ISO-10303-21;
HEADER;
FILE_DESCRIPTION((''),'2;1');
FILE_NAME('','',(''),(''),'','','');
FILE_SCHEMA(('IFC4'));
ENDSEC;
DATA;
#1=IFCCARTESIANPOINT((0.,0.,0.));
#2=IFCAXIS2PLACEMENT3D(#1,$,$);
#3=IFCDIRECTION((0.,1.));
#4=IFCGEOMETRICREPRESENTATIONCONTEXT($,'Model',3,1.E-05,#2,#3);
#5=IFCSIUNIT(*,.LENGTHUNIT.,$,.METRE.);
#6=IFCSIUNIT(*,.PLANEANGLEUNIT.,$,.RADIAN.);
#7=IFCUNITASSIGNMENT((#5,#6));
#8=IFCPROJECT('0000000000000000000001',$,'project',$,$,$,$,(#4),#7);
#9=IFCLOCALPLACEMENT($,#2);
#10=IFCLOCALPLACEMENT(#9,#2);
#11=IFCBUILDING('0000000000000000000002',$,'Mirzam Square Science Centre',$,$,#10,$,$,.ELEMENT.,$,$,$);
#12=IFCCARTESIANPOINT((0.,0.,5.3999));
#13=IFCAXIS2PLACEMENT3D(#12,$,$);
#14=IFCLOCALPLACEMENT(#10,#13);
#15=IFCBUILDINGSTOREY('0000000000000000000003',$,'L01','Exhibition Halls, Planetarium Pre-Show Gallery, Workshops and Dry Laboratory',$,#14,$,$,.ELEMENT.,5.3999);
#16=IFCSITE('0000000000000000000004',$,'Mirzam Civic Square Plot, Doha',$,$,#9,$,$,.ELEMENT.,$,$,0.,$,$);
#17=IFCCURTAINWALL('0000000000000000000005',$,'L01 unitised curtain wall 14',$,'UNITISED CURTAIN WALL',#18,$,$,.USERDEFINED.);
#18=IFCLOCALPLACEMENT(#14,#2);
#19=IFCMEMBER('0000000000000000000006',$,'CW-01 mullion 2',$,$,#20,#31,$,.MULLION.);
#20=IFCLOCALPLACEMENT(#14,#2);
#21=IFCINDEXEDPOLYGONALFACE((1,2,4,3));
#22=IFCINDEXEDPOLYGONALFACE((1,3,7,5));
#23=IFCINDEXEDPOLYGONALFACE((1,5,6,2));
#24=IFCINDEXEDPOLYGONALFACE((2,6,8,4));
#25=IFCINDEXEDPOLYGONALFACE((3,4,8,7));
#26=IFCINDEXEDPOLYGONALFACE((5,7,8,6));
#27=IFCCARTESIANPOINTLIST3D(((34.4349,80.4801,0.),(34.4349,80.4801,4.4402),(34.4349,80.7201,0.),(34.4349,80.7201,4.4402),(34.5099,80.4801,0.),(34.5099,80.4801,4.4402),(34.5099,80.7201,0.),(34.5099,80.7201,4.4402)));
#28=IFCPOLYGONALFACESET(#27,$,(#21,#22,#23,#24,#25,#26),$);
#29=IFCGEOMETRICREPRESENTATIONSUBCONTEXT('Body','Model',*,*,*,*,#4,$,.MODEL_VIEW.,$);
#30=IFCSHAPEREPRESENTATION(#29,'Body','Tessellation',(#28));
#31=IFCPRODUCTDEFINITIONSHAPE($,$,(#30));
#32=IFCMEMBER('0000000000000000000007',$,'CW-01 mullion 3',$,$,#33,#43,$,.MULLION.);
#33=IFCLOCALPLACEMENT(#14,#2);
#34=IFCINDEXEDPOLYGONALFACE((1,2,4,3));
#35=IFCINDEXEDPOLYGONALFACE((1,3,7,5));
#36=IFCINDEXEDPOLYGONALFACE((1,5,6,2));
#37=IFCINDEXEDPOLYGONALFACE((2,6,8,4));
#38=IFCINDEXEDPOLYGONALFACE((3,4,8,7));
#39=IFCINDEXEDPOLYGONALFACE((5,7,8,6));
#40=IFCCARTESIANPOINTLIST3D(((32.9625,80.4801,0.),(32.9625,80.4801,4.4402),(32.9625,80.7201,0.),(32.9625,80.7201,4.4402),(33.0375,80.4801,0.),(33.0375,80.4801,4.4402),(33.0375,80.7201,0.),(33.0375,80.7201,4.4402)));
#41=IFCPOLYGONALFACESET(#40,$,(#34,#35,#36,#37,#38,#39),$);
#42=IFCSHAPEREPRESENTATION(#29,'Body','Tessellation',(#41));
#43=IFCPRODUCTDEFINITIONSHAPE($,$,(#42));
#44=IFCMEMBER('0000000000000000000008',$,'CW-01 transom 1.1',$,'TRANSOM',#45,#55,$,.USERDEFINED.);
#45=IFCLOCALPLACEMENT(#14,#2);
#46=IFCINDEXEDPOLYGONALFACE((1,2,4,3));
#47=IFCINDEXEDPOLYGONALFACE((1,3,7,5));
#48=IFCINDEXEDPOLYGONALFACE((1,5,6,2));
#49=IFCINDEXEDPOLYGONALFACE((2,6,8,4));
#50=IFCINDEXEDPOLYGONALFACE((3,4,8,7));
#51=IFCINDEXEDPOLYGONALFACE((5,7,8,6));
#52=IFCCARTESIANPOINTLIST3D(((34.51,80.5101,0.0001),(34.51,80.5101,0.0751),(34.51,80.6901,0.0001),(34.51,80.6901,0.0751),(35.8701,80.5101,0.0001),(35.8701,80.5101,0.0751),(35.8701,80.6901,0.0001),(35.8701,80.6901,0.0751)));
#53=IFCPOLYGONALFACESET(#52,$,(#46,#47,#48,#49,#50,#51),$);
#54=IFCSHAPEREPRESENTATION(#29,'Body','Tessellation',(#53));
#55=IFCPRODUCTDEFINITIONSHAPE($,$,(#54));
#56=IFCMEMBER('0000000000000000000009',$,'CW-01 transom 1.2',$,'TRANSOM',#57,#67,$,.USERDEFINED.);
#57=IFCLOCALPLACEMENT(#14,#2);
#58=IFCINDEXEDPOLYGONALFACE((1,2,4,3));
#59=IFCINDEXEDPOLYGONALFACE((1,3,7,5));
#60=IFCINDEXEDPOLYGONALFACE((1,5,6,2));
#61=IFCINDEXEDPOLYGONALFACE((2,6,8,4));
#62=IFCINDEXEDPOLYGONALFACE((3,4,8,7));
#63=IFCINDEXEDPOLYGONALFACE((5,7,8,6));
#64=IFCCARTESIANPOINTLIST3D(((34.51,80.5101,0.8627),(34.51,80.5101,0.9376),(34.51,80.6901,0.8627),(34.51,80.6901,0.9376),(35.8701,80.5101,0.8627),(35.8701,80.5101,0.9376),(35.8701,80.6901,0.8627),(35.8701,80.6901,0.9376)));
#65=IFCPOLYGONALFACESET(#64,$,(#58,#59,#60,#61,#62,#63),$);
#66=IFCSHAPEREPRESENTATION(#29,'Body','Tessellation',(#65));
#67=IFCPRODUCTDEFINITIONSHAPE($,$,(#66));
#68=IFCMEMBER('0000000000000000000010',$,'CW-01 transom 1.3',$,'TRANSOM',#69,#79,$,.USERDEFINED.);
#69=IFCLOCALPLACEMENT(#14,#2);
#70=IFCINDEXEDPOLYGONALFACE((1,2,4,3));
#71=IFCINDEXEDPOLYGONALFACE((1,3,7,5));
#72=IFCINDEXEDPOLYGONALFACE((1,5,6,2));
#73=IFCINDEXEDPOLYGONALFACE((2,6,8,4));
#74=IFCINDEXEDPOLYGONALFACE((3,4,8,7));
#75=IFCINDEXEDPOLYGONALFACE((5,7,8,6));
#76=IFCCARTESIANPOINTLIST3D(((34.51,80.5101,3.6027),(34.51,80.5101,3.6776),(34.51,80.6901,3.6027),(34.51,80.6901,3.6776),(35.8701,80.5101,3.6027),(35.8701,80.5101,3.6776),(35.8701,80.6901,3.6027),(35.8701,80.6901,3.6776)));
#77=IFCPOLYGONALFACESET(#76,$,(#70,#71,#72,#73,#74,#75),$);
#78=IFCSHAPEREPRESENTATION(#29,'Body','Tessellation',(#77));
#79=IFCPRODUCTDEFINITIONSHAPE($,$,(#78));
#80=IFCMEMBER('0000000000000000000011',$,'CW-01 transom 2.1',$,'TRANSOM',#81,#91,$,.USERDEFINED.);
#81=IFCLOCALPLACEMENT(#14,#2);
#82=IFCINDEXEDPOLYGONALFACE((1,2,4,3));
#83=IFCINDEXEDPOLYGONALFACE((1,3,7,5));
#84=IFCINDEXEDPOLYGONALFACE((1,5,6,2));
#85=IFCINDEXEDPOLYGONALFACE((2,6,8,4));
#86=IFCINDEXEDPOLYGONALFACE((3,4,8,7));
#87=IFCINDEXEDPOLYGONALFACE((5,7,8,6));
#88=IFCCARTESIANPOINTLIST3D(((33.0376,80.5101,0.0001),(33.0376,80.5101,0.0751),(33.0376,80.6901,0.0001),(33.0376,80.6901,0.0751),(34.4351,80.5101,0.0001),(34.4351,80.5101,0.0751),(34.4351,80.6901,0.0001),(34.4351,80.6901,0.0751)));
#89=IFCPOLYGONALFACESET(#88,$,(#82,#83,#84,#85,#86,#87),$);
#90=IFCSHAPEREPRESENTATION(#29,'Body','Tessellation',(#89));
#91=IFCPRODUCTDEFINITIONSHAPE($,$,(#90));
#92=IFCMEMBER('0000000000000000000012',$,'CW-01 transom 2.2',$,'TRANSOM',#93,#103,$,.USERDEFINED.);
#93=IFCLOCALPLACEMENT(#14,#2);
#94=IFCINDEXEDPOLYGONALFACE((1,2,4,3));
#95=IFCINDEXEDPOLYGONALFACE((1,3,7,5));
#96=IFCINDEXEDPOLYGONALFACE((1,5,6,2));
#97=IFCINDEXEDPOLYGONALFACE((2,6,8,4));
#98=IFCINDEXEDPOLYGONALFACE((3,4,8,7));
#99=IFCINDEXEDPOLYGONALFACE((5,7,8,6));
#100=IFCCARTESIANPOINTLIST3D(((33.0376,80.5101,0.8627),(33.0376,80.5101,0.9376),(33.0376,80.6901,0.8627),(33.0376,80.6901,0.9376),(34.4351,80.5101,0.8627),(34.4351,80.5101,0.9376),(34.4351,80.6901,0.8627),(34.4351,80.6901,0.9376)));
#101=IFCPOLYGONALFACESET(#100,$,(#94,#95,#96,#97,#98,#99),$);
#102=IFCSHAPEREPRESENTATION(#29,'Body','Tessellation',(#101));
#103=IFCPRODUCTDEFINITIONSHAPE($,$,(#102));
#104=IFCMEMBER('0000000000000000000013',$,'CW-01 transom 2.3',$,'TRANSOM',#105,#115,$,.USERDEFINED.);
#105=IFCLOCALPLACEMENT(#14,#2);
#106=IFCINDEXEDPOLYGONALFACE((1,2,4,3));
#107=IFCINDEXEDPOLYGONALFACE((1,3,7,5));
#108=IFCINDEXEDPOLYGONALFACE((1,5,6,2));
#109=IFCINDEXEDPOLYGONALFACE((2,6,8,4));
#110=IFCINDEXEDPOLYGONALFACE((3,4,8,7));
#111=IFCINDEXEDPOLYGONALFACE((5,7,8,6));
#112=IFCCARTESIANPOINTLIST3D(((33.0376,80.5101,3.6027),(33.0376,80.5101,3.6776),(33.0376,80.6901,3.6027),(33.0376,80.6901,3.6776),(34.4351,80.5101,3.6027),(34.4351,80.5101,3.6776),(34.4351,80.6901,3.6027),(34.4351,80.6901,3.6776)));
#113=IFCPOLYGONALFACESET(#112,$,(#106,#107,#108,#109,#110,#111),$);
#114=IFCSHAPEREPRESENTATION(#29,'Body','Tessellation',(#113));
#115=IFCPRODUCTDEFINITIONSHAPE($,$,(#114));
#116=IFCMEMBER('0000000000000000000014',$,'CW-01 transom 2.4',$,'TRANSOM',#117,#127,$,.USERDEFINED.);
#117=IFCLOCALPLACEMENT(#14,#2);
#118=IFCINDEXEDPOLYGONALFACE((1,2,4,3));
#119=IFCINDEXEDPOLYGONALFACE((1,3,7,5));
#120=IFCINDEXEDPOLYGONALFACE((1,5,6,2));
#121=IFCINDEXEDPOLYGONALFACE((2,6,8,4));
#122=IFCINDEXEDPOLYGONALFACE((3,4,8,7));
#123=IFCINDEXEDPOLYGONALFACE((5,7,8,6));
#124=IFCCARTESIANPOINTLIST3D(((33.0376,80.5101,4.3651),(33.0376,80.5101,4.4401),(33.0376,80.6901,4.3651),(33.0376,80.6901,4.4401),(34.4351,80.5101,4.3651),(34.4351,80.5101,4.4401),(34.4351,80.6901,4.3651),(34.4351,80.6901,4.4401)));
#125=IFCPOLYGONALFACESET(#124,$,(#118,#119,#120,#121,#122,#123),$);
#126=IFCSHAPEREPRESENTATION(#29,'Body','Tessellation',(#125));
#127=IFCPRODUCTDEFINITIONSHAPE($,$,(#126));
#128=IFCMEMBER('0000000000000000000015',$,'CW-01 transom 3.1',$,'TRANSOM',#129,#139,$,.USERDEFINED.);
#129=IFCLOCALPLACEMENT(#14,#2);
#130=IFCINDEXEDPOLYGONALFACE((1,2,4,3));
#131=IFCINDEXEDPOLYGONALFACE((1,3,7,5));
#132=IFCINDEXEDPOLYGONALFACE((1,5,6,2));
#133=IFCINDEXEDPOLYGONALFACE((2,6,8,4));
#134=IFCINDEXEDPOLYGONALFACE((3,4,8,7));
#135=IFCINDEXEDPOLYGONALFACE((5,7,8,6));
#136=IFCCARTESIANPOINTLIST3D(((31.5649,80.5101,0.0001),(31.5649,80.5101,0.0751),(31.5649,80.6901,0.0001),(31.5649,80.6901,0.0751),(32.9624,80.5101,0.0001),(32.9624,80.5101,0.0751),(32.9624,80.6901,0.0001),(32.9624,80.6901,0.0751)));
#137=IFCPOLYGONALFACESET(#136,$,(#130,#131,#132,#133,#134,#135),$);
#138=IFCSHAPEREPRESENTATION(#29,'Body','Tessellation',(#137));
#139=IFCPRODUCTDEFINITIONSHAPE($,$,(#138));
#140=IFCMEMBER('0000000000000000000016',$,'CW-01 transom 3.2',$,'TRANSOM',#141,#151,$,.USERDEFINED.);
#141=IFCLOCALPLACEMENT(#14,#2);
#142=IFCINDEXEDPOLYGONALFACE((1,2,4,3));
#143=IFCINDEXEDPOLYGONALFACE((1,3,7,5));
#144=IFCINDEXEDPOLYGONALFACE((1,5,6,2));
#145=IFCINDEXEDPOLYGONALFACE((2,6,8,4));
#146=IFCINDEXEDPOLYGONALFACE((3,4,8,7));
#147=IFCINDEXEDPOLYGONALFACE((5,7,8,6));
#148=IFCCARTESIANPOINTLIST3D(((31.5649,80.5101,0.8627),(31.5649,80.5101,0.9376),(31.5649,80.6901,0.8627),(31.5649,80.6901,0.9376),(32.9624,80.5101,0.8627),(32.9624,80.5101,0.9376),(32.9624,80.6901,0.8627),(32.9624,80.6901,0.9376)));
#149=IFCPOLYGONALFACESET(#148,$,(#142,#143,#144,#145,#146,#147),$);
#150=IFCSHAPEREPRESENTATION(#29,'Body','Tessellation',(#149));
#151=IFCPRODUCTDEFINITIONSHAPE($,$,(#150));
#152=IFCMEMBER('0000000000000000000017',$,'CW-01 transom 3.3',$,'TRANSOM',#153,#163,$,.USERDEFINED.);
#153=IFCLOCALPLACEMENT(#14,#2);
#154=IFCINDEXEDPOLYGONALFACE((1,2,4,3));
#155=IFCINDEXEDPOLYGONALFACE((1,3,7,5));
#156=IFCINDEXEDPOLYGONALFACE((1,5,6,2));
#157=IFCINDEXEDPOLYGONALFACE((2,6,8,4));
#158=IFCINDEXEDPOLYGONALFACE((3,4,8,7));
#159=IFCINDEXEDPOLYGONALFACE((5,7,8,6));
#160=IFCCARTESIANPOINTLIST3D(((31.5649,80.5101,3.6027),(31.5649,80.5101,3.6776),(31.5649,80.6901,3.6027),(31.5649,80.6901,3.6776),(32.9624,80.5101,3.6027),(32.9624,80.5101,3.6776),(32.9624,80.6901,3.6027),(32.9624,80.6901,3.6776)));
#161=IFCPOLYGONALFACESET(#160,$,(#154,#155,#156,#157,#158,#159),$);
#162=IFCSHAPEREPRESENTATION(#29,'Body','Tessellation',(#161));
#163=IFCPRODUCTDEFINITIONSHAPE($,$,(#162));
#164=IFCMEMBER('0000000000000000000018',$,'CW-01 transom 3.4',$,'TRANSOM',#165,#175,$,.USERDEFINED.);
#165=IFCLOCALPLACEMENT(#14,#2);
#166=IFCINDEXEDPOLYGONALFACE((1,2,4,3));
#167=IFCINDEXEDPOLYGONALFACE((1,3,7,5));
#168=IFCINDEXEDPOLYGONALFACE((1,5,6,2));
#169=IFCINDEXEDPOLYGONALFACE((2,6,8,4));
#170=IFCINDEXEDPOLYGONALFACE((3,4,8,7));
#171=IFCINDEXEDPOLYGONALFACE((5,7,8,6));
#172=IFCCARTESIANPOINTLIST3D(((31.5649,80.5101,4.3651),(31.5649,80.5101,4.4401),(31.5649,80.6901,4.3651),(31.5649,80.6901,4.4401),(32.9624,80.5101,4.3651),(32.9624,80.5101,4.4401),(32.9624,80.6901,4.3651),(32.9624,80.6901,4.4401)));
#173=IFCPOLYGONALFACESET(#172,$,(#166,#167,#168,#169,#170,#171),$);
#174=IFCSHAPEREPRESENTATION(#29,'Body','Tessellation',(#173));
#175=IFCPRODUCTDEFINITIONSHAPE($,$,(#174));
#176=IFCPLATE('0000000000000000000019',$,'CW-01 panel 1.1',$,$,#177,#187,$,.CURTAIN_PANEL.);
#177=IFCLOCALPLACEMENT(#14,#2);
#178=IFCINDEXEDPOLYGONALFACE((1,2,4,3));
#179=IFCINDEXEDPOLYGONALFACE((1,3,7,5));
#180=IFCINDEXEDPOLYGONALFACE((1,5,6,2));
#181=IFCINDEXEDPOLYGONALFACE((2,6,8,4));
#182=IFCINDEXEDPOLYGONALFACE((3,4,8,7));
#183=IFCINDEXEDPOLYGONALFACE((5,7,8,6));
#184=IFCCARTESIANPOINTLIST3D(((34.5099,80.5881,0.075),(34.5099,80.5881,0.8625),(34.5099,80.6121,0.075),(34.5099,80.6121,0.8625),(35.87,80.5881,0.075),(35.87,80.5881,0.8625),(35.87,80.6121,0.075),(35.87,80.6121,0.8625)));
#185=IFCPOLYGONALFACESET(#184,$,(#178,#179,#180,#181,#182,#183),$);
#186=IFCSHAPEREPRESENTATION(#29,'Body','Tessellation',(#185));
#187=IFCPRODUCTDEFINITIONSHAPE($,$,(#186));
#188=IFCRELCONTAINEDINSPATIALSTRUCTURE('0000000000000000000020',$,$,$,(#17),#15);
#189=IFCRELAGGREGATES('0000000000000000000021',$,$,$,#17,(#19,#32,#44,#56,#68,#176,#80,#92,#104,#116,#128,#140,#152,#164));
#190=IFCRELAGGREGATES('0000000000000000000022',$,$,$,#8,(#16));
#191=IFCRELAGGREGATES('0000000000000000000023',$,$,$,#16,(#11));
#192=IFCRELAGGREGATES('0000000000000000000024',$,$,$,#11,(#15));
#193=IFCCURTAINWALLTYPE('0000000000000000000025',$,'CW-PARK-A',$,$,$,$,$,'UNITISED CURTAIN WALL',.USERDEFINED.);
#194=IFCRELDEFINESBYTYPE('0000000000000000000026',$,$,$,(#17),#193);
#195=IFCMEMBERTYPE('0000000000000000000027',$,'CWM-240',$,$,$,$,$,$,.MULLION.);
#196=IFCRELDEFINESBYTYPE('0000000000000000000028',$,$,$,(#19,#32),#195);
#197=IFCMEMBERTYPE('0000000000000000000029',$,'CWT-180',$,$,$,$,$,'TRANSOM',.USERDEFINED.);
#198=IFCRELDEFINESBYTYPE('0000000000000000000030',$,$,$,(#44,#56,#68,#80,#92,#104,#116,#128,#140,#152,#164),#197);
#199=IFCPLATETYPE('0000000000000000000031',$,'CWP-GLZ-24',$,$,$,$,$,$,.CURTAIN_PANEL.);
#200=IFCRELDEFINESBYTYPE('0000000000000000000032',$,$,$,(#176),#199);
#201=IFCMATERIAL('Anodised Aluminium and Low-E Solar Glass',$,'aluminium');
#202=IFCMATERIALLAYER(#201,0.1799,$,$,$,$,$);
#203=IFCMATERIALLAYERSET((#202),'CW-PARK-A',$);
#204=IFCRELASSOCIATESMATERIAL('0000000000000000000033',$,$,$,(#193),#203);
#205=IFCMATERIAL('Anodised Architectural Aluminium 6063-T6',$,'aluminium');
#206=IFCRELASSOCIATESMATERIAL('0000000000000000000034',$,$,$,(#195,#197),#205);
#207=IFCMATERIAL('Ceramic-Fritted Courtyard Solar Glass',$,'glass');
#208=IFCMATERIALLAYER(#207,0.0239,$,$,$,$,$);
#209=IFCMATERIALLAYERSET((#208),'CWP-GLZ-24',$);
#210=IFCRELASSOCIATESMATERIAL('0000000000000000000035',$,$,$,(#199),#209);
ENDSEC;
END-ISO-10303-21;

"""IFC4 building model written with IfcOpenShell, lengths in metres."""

from ifc_helpers import new_model, si_unit, direction, frame, origin, origin_2d, place, context, subcontext, project, spatial, rectangle, extrude, material, layer, layer_set, material_profile, profile_set, type_object, element, aggregate, save


model = new_model("IFC4")

# Units and contexts
model_context = context("Model", 3, precision=1e-05, world=origin(), true_north=direction((0.0, 1.0)))
body_context = subcontext(model_context, "Body", "Model", "MODEL_VIEW")
ifc_project = project(units=[si_unit("LENGTHUNIT", "METRE"), si_unit("PLANEANGLEUNIT", "RADIAN")], contexts=[model_context])

# Site, building, storey
site_placement = place(None, origin())
site = spatial("IfcSite", under=ifc_project, at=site_placement, Name="Mirzam Civic Square Plot, Doha", CompositionType="ELEMENT", RefElevation=0.0)
building_placement = place(site_placement, origin())
building = spatial("IfcBuilding", under=site, at=building_placement, Name="Mirzam Square Science Centre", CompositionType="ELEMENT")
storey_placement = place(building_placement, frame((0.0, 0.0, 5.3999)))
storey = spatial("IfcBuildingStorey", under=building, at=storey_placement, Name="L01", Description="Exhibition Halls, Planetarium Pre-Show Gallery, Workshops and Dry Laboratory", CompositionType="ELEMENT", Elevation=5.3999)

# Curtain wall, members, plate
ifc_material_1 = material(Name="Anodised Aluminium and Low-E Solar Glass", Category="aluminium")
ifc_layer_1 = layer(ifc_material_1, 0.1799)
ifc_layer_set_1 = layer_set([ifc_layer_1], Name="CW-PARK-A")
curtain_wall_type = type_object("IfcCurtainWallType", Name="CW-PARK-A", ElementType="UNITISED CURTAIN WALL", PredefinedType="USERDEFINED", material=ifc_layer_set_1)
curtain_wall_placement = place(storey_placement, origin())
curtain_wall = element("IfcCurtainWall", 1, at=curtain_wall_placement, inside=storey, type_object=curtain_wall_type, Name="L01 unitised curtain wall 14", ObjectType="UNITISED CURTAIN WALL", PredefinedType="USERDEFINED")
ifc_material_2 = material(Name="Anodised Architectural Aluminium 6063-T6", Category="aluminium")
ifc_material_profile_1 = material_profile(ifc_material_2, rectangle(XDim=0.075, YDim=0.24, at=origin_2d()), Name="ALU-MULL-240x75x5")
ifc_profile_set_1 = profile_set([ifc_material_profile_1], Name="Anodised Architectural Aluminium 6063-T6")
member_type_1 = type_object("IfcMemberType", Name="CWM-240", PredefinedType="MULLION", material=ifc_profile_set_1)
member_1_placement = place(storey_placement, frame((34.4724, 80.6001, 0.0), z_axis=(0.0, 0.0, 1.0), x_axis=(-1.0, 0.0, 0.0)))
member_1 = element("IfcMember", 2, at=member_1_placement, type_object=member_type_1, Name="CW-01 mullion 2", PredefinedType="MULLION", context=body_context, shape_type="SweptSolid", body=[
    extrude(rectangle(XDim=0.075, YDim=0.24, at=origin_2d()), origin(), (0.0, 0.0, 1.0), 4.4402),
])
member_2_placement = place(storey_placement, frame((33.0, 80.6001, 0.0), z_axis=(0.0, 0.0, 1.0), x_axis=(-1.0, 0.0, 0.0)))
member_2 = element("IfcMember", 3, at=member_2_placement, type_object=member_type_1, Name="CW-01 mullion 3", PredefinedType="MULLION", context=body_context, shape_type="SweptSolid", body=[
    extrude(rectangle(XDim=0.075, YDim=0.24, at=origin_2d()), origin(), (0.0, 0.0, 1.0), 4.4402),
])
ifc_material_profile_2 = material_profile(ifc_material_2, rectangle(XDim=0.1799, YDim=0.075, at=origin_2d()), Name="ALU-TRAN-180x75x5")
ifc_profile_set_2 = profile_set([ifc_material_profile_2], Name="Anodised Architectural Aluminium 6063-T6")
member_type_2 = type_object("IfcMemberType", Name="CWT-180", ElementType="TRANSOM", PredefinedType="USERDEFINED", material=ifc_profile_set_2)
member_3_placement = place(storey_placement, frame((35.8701, 80.6001, 0.0376), z_axis=(-1.0, 0.0, 0.0), x_axis=(0.0, -1.0, 0.0)))
member_3 = element("IfcMember", 4, at=member_3_placement, type_object=member_type_2, Name="CW-01 transom 1.1", ObjectType="TRANSOM", PredefinedType="USERDEFINED", context=body_context, shape_type="SweptSolid", body=[
    extrude(rectangle(XDim=0.1799, YDim=0.075, at=origin_2d()), origin(), (0.0, 0.0, 1.0), 1.3601),
])
member_4_placement = place(storey_placement, frame((35.8701, 80.6001, 0.9001), z_axis=(-1.0, 0.0, 0.0), x_axis=(0.0, -1.0, 0.0)))
member_4 = element("IfcMember", 5, at=member_4_placement, type_object=member_type_2, Name="CW-01 transom 1.2", ObjectType="TRANSOM", PredefinedType="USERDEFINED", context=body_context, shape_type="SweptSolid", body=[
    extrude(rectangle(XDim=0.1799, YDim=0.075, at=origin_2d()), origin(), (0.0, 0.0, 1.0), 1.3601),
])
member_5_placement = place(storey_placement, frame((35.8701, 80.6001, 3.6401), z_axis=(-1.0, 0.0, 0.0), x_axis=(0.0, -1.0, 0.0)))
member_5 = element("IfcMember", 6, at=member_5_placement, type_object=member_type_2, Name="CW-01 transom 1.3", ObjectType="TRANSOM", PredefinedType="USERDEFINED", context=body_context, shape_type="SweptSolid", body=[
    extrude(rectangle(XDim=0.1799, YDim=0.075, at=origin_2d()), origin(), (0.0, 0.0, 1.0), 1.3601),
])
member_6_placement = place(storey_placement, frame((34.4351, 80.6001, 0.0376), z_axis=(-1.0, 0.0, 0.0), x_axis=(0.0, -1.0, 0.0)))
member_6 = element("IfcMember", 7, at=member_6_placement, type_object=member_type_2, Name="CW-01 transom 2.1", ObjectType="TRANSOM", PredefinedType="USERDEFINED", context=body_context, shape_type="SweptSolid", body=[
    extrude(rectangle(XDim=0.1799, YDim=0.075, at=origin_2d()), origin(), (0.0, 0.0, 1.0), 1.3975),
])
member_7_placement = place(storey_placement, frame((34.4351, 80.6001, 0.9001), z_axis=(-1.0, 0.0, 0.0), x_axis=(0.0, -1.0, 0.0)))
member_7 = element("IfcMember", 8, at=member_7_placement, type_object=member_type_2, Name="CW-01 transom 2.2", ObjectType="TRANSOM", PredefinedType="USERDEFINED", context=body_context, shape_type="SweptSolid", body=[
    extrude(rectangle(XDim=0.1799, YDim=0.075, at=origin_2d()), origin(), (0.0, 0.0, 1.0), 1.3975),
])
member_8_placement = place(storey_placement, frame((34.4351, 80.6001, 3.6401), z_axis=(-1.0, 0.0, 0.0), x_axis=(0.0, -1.0, 0.0)))
member_8 = element("IfcMember", 9, at=member_8_placement, type_object=member_type_2, Name="CW-01 transom 2.3", ObjectType="TRANSOM", PredefinedType="USERDEFINED", context=body_context, shape_type="SweptSolid", body=[
    extrude(rectangle(XDim=0.1799, YDim=0.075, at=origin_2d()), origin(), (0.0, 0.0, 1.0), 1.3975),
])
member_9_placement = place(storey_placement, frame((34.4351, 80.6001, 4.4026), z_axis=(-1.0, 0.0, 0.0), x_axis=(0.0, -1.0, 0.0)))
member_9 = element("IfcMember", 10, at=member_9_placement, type_object=member_type_2, Name="CW-01 transom 2.4", ObjectType="TRANSOM", PredefinedType="USERDEFINED", context=body_context, shape_type="SweptSolid", body=[
    extrude(rectangle(XDim=0.1799, YDim=0.075, at=origin_2d()), origin(), (0.0, 0.0, 1.0), 1.3975),
])
member_10_placement = place(storey_placement, frame((32.9624, 80.6001, 0.0376), z_axis=(-1.0, 0.0, 0.0), x_axis=(0.0, -1.0, 0.0)))
member_10 = element("IfcMember", 11, at=member_10_placement, type_object=member_type_2, Name="CW-01 transom 3.1", ObjectType="TRANSOM", PredefinedType="USERDEFINED", context=body_context, shape_type="SweptSolid", body=[
    extrude(rectangle(XDim=0.1799, YDim=0.075, at=origin_2d()), origin(), (0.0, 0.0, 1.0), 1.3975),
])
member_11_placement = place(storey_placement, frame((32.9624, 80.6001, 0.9001), z_axis=(-1.0, 0.0, 0.0), x_axis=(0.0, -1.0, 0.0)))
member_11 = element("IfcMember", 12, at=member_11_placement, type_object=member_type_2, Name="CW-01 transom 3.2", ObjectType="TRANSOM", PredefinedType="USERDEFINED", context=body_context, shape_type="SweptSolid", body=[
    extrude(rectangle(XDim=0.1799, YDim=0.075, at=origin_2d()), origin(), (0.0, 0.0, 1.0), 1.3975),
])
member_12_placement = place(storey_placement, frame((32.9624, 80.6001, 3.6401), z_axis=(-1.0, 0.0, 0.0), x_axis=(0.0, -1.0, 0.0)))
member_12 = element("IfcMember", 13, at=member_12_placement, type_object=member_type_2, Name="CW-01 transom 3.3", ObjectType="TRANSOM", PredefinedType="USERDEFINED", context=body_context, shape_type="SweptSolid", body=[
    extrude(rectangle(XDim=0.1799, YDim=0.075, at=origin_2d()), origin(), (0.0, 0.0, 1.0), 1.3975),
])
member_13_placement = place(storey_placement, frame((32.9624, 80.6001, 4.4026), z_axis=(-1.0, 0.0, 0.0), x_axis=(0.0, -1.0, 0.0)))
member_13 = element("IfcMember", 14, at=member_13_placement, type_object=member_type_2, Name="CW-01 transom 3.4", ObjectType="TRANSOM", PredefinedType="USERDEFINED", context=body_context, shape_type="SweptSolid", body=[
    extrude(rectangle(XDim=0.1799, YDim=0.075, at=origin_2d()), origin(), (0.0, 0.0, 1.0), 1.3975),
])
ifc_material_3 = material(Name="Ceramic-Fritted Courtyard Solar Glass", Category="glass")
ifc_layer_2 = layer(ifc_material_3, 0.0239)
ifc_layer_set_2 = layer_set([ifc_layer_2], Name="CWP-GLZ-24")
plate_type = type_object("IfcPlateType", Name="CWP-GLZ-24", PredefinedType="CURTAIN_PANEL", material=ifc_layer_set_2)
plate_1_placement = place(storey_placement, frame((35.1899, 80.6001, 0.075), z_axis=(0.0, 0.0, 1.0), x_axis=(-1.0, 0.0, 0.0)))
plate_1 = element("IfcPlate", 15, at=plate_1_placement, type_object=plate_type, Name="CW-01 panel 1.1", PredefinedType="CURTAIN_PANEL", context=body_context, shape_type="SweptSolid", body=[
    extrude(rectangle(XDim=1.3601, YDim=0.0239, at=origin_2d()), origin(), (0.0, 0.0, 1.0), 0.7876),
])
aggregate(curtain_wall, [member_1, member_2, member_3, member_4, member_5, plate_1, member_6, member_7, member_8, member_9, member_10, member_11, member_12, member_13])

save(model, "model.ifc")
